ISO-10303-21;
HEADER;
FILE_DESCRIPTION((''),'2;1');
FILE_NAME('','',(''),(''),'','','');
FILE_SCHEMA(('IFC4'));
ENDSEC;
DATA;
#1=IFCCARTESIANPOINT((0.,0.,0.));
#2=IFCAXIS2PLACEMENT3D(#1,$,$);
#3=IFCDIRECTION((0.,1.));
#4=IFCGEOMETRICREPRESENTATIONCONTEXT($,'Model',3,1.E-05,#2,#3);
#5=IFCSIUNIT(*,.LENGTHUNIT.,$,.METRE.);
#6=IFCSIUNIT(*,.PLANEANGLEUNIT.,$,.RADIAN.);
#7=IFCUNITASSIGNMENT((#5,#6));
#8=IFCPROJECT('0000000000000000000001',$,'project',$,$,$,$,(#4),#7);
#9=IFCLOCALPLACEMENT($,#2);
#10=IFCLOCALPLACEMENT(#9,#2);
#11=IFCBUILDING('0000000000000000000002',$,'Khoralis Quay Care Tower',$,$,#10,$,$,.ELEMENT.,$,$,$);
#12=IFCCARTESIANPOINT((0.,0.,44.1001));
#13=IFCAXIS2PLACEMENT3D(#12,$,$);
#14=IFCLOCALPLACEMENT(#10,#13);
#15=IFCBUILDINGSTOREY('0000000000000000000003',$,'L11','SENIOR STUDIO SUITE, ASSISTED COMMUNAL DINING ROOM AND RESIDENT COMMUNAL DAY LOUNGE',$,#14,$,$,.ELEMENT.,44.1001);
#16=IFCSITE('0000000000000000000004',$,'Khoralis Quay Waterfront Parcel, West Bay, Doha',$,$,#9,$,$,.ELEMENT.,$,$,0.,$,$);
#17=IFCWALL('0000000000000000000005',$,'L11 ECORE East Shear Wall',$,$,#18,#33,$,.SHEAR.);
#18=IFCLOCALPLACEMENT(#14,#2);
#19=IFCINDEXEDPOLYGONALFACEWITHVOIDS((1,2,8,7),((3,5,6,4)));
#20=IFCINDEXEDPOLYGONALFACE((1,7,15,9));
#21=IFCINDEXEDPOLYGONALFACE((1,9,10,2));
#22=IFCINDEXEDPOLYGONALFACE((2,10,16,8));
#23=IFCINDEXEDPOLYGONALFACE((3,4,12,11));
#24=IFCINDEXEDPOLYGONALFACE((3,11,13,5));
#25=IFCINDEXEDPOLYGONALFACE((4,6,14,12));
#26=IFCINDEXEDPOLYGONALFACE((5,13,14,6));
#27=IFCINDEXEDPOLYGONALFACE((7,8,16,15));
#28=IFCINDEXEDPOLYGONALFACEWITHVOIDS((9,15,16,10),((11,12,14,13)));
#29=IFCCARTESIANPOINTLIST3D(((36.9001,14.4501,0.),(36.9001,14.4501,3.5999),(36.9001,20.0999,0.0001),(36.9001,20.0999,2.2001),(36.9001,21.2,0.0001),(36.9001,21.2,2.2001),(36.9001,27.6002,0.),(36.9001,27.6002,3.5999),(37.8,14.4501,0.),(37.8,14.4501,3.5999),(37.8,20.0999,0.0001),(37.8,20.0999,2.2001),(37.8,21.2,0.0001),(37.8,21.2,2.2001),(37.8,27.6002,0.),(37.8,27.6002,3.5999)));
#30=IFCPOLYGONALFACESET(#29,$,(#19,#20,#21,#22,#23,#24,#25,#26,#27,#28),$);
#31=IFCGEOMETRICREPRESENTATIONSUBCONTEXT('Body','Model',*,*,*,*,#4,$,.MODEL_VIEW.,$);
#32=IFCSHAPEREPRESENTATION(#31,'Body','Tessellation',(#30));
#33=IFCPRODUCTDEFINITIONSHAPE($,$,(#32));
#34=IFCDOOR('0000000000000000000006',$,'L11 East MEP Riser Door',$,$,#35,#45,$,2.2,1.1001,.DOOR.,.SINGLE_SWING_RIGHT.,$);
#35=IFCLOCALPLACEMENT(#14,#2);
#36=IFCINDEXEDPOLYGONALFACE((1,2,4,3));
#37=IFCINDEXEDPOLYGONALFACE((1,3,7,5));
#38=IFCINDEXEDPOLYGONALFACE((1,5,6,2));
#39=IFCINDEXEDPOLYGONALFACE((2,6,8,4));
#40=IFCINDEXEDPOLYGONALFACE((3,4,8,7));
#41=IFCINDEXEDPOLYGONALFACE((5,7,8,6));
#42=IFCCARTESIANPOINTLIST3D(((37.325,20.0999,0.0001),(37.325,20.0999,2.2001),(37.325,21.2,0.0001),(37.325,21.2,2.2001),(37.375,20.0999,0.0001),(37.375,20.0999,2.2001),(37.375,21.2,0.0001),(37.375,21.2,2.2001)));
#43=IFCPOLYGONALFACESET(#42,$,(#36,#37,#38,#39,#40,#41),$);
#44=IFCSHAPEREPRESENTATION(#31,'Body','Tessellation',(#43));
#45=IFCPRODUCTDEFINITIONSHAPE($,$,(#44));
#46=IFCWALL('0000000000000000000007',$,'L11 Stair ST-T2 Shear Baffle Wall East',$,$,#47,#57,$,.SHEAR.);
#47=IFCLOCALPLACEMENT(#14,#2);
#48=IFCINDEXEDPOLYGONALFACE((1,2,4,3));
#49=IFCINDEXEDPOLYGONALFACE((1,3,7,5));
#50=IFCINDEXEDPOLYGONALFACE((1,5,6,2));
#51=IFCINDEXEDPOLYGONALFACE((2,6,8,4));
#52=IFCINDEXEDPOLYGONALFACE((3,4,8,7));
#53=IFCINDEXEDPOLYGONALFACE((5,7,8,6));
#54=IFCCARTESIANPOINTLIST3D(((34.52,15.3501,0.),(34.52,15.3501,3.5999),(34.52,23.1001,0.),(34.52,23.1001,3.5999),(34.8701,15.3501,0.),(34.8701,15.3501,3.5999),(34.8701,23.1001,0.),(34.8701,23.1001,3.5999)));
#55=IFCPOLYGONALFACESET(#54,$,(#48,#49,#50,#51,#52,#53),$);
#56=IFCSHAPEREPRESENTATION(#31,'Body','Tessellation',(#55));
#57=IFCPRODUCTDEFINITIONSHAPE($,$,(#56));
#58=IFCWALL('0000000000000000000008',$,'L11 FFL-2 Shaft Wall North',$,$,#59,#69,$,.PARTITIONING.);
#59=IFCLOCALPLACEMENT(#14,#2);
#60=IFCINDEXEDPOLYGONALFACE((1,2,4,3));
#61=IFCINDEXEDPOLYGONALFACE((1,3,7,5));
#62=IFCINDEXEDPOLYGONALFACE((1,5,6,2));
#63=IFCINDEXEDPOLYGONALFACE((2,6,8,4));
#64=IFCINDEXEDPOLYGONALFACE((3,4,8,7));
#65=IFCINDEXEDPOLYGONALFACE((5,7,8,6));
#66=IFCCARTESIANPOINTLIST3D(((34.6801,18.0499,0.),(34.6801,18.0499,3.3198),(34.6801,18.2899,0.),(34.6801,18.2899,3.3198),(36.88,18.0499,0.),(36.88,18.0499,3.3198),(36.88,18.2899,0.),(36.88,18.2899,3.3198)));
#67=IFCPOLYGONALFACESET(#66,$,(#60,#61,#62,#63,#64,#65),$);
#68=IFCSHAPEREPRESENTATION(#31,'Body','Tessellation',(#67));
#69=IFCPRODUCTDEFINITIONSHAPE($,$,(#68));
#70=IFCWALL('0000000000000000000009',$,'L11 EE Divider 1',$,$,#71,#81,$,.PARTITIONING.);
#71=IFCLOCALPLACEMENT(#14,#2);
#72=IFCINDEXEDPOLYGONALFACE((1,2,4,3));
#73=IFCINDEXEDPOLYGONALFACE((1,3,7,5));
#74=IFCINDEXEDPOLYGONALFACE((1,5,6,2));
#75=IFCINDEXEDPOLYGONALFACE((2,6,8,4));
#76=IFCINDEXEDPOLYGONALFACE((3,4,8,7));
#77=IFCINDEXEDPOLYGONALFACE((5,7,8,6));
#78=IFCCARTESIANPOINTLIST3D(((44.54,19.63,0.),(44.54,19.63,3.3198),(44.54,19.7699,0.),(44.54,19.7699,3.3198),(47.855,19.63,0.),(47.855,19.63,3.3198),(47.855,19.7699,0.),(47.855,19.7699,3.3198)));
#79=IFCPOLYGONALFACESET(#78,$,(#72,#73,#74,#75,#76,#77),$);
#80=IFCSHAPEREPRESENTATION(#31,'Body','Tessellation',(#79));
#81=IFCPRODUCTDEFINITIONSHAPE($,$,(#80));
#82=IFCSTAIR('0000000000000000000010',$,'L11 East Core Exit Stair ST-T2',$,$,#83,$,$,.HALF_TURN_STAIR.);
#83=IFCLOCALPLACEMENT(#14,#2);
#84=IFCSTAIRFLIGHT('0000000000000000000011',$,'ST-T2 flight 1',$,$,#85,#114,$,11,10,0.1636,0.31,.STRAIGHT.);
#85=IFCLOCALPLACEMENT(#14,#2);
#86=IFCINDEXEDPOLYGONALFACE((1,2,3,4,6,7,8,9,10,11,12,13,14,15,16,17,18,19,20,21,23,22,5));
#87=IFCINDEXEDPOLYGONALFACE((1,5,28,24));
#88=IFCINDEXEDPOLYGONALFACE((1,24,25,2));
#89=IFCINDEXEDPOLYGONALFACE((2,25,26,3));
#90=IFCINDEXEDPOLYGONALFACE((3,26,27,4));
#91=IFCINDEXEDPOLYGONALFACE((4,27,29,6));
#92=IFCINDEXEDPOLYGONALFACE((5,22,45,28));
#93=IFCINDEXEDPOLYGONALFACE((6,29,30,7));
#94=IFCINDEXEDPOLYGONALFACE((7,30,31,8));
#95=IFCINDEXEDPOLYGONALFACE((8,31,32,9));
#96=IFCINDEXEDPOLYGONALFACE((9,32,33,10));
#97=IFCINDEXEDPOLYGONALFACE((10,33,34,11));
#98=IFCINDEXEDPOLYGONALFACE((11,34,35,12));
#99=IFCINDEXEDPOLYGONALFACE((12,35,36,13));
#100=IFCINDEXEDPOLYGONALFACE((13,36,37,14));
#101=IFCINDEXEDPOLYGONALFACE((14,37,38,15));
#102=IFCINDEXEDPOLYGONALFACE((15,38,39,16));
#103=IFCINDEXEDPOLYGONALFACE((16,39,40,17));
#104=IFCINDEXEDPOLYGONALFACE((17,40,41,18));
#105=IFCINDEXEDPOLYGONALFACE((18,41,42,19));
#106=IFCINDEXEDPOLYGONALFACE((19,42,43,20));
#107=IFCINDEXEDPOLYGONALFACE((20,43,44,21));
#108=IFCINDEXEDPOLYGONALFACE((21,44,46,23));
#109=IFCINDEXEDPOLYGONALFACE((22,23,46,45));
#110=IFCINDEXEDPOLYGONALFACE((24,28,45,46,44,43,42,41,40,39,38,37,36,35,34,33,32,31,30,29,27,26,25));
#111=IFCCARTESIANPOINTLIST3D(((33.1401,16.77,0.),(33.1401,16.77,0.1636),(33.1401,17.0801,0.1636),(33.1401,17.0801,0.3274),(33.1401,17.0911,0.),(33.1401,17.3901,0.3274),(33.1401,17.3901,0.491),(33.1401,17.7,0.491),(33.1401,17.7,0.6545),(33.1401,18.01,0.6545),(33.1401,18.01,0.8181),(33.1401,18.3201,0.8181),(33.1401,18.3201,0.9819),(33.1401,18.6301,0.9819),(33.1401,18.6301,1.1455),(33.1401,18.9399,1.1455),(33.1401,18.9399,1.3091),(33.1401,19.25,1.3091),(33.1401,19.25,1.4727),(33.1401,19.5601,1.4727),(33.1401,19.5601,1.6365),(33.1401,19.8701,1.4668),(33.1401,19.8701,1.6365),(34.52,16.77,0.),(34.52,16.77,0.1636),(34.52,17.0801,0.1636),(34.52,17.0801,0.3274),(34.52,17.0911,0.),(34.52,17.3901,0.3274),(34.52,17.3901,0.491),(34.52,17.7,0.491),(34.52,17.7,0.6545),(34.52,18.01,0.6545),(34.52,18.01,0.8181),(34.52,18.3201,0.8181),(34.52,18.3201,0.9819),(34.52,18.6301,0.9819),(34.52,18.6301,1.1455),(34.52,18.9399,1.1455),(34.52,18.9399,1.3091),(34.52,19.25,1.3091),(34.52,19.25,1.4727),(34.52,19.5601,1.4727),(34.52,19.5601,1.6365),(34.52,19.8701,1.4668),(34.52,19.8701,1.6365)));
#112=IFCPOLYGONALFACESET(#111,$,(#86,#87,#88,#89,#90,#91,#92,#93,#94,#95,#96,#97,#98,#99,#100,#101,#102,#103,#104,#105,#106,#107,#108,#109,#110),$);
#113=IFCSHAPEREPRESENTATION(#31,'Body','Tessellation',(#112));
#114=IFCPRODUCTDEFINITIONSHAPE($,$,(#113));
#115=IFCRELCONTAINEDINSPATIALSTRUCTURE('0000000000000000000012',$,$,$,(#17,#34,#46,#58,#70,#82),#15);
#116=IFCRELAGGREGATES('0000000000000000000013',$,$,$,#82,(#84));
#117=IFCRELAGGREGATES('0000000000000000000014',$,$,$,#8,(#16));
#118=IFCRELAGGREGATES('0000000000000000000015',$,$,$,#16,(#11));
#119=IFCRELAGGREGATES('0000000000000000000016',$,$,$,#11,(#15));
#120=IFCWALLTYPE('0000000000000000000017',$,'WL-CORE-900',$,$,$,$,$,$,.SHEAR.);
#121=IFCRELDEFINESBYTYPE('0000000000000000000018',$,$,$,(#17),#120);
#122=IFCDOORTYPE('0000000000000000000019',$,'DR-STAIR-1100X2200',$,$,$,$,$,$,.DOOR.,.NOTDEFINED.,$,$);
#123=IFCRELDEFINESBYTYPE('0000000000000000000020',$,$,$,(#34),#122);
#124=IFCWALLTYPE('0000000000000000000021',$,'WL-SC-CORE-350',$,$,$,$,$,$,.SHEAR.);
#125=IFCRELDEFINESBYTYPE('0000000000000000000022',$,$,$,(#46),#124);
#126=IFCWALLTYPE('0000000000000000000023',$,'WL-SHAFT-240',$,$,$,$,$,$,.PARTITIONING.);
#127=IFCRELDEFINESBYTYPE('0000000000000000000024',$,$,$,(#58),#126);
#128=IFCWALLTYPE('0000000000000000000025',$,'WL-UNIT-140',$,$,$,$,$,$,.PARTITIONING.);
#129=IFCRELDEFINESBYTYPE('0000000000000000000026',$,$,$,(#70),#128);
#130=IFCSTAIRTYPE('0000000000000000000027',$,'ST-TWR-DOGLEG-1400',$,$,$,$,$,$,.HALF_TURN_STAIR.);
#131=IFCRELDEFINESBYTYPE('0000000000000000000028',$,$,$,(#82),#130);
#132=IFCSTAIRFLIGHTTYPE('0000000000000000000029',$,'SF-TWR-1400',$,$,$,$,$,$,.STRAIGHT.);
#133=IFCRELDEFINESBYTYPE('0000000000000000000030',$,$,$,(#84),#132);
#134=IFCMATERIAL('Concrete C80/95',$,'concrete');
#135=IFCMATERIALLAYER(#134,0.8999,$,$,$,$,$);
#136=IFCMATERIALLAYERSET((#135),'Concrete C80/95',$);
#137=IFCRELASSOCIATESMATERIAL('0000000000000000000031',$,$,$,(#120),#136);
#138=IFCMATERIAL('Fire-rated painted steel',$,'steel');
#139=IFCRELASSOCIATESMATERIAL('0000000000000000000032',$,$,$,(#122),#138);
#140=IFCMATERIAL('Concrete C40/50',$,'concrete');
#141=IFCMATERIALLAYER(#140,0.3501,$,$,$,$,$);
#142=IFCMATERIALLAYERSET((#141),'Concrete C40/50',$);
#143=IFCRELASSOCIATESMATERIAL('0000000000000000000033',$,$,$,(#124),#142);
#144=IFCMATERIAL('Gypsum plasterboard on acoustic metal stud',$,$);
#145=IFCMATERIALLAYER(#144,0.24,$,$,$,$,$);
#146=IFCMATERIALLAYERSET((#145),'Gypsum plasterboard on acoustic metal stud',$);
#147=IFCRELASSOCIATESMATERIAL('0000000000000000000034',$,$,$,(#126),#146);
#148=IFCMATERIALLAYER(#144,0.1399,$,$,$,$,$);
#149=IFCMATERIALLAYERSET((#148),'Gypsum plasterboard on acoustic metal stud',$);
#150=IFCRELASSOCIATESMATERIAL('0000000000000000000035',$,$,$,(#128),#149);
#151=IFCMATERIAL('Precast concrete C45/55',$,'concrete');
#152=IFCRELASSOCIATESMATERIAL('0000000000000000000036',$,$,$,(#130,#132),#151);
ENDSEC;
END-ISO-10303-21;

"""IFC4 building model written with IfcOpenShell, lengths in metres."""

from ifc_helpers import new_model, si_unit, direction, frame, frame_2d, origin, place, context, subcontext, project, spatial, polyline, rectangle, outline, extrude, source, transform, mapped, material, layer, layer_set, type_object, element, fill, aggregate, save


model = new_model("IFC4")

# Units and contexts
model_context = context("Model", 3, precision=1e-05, world=origin(), true_north=direction((0.0, 1.0)))
body_context = subcontext(model_context, "Body", "Model", "MODEL_VIEW")
ifc_project = project(units=[si_unit("LENGTHUNIT", "METRE"), si_unit("PLANEANGLEUNIT", "RADIAN")], contexts=[model_context])

# Site, building, storey
site_placement = place(None, origin())
site = spatial("IfcSite", under=ifc_project, at=site_placement, Name="Khoralis Quay Waterfront Parcel, West Bay, Doha", CompositionType="ELEMENT", RefElevation=0.0)
building_placement = place(site_placement, origin())
building = spatial("IfcBuilding", under=site, at=building_placement, Name="Khoralis Quay Care Tower", CompositionType="ELEMENT")
storey_placement = place(building_placement, frame((0.0, 0.0, 44.1001)))
storey = spatial("IfcBuildingStorey", under=building, at=storey_placement, Name="L11", Description="SENIOR STUDIO SUITE, ASSISTED COMMUNAL DINING ROOM AND RESIDENT COMMUNAL DAY LOUNGE", CompositionType="ELEMENT", Elevation=44.1001)

# Shared definitions
ifc_material_1 = material(Name="Concrete C80/95", Category="concrete")

# Wall, opening, door
ifc_layer_1 = layer(ifc_material_1, 0.8999)
ifc_layer_set_1 = layer_set([ifc_layer_1], Name="Concrete C80/95")
wall_type_1 = type_object("IfcWallType", Name="WL-CORE-900", PredefinedType="SHEAR", material=ifc_layer_set_1)
wall_1_placement = place(storey_placement, frame((37.3501, 14.45, 0.0), z_axis=(0.0, 0.0, 1.0), x_axis=(0.0, 1.0, 0.0)))
wall_1 = element("IfcWall", 1, at=wall_1_placement, inside=storey, type_object=wall_type_1, Name="L11 ECORE East Shear Wall", PredefinedType="SHEAR", context=body_context, shape_type="SweptSolid", body=[
    extrude(rectangle(XDim=13.1501, YDim=0.8999, at=frame_2d((6.5752, 0.0))), origin(), (0.0, 0.0, 1.0), 3.5999),
])
opening_placement = place(wall_1_placement, frame((5.6499, 0.0, 0.0)))
opening = element("IfcOpeningElement", 2, at=opening_placement, cuts=wall_1, PredefinedType="OPENING", context=body_context, shape_type="SweptSolid", body=[
    extrude(rectangle(XDim=1.1001, YDim=2.2, at=frame_2d((0.55, 1.1001))), frame((0.0, 0.46, 0.0), z_axis=(0.0, -1.0, 0.0), x_axis=(1.0, 0.0, 0.0)), (0.0, 0.0, 1.0), 0.9199),
])
ifc_material_2 = material(Name="Fire-rated painted steel", Category="steel")
door_type = type_object("IfcDoorType", Name="DR-STAIR-1100X2200", OperationType="NOTDEFINED", PredefinedType="DOOR", material=ifc_material_2)
shared_shape_1 = source(origin(), body_context, "Body", "SweptSolid", [
    extrude(rectangle(XDim=1.1001, YDim=2.2, at=frame_2d((0.55, 1.1001))), frame((0.0, 0.0249, 0.0), z_axis=(0.0, -1.0, 0.0), x_axis=(1.0, 0.0, 0.0)), (0.0, 0.0, 1.0), 0.05),
])
door_placement = place(opening_placement, frame((1.1001, 0.0, 0.0), z_axis=(0.0, 0.0, 1.0), x_axis=(-1.0, 0.0, 0.0)))
door = element("IfcDoor", 3, at=door_placement, inside=storey, type_object=door_type, Name="L11 East MEP Riser Door", OperationType="SINGLE_SWING_RIGHT", OverallHeight=2.2, OverallWidth=1.1001, PredefinedType="DOOR", context=body_context, shape_type="MappedRepresentation", body=[
    mapped(shared_shape_1, transform((0.0, 0.0, 0.0), scale=1.0)),
])
fill(opening, door)

# Walls
ifc_material_3 = material(Name="Concrete C40/50", Category="concrete")
ifc_layer_2 = layer(ifc_material_3, 0.3501)
ifc_layer_set_2 = layer_set([ifc_layer_2], Name="Concrete C40/50")
wall_type_2 = type_object("IfcWallType", Name="WL-SC-CORE-350", PredefinedType="SHEAR", material=ifc_layer_set_2)
wall_2_placement = place(storey_placement, frame((34.6951, 15.3501, 0.0), z_axis=(0.0, 0.0, 1.0), x_axis=(0.0, 1.0, 0.0)))
element("IfcWall", 4, at=wall_2_placement, inside=storey, type_object=wall_type_2, Name="L11 Stair ST-T2 Shear Baffle Wall East", PredefinedType="SHEAR", context=body_context, shape_type="SweptSolid", body=[
    extrude(rectangle(XDim=7.75, YDim=0.3501, at=frame_2d((3.875, 0.0))), origin(), (0.0, 0.0, 1.0), 3.5999),
])
ifc_material_4 = material(Name="Gypsum plasterboard on acoustic metal stud")
ifc_layer_3 = layer(ifc_material_4, 0.24)
ifc_layer_set_3 = layer_set([ifc_layer_3], Name="Gypsum plasterboard on acoustic metal stud")
wall_type_3 = type_object("IfcWallType", Name="WL-SHAFT-240", PredefinedType="PARTITIONING", material=ifc_layer_set_3)
wall_3_placement = place(storey_placement, frame((34.6799, 18.1699, 0.0), z_axis=(0.0, 0.0, 1.0), x_axis=(1.0, 0.0, 0.0)))
element("IfcWall", 5, at=wall_3_placement, inside=storey, type_object=wall_type_3, Name="L11 FFL-2 Shaft Wall North", PredefinedType="PARTITIONING", context=body_context, shape_type="SweptSolid", body=[
    extrude(rectangle(XDim=2.2, YDim=0.24, at=frame_2d((1.1001, 0.0))), origin(), (0.0, 0.0, 1.0), 3.3198),
])
ifc_layer_4 = layer(ifc_material_4, 0.1399)
ifc_layer_set_4 = layer_set([ifc_layer_4], Name="Gypsum plasterboard on acoustic metal stud")
wall_type_4 = type_object("IfcWallType", Name="WL-UNIT-140", PredefinedType="PARTITIONING", material=ifc_layer_set_4)
wall_4_placement = place(storey_placement, frame((44.54, 19.7, 0.0), z_axis=(0.0, 0.0, 1.0), x_axis=(1.0, 0.0, 0.0)))
element("IfcWall", 6, at=wall_4_placement, inside=storey, type_object=wall_type_4, Name="L11 EE Divider 1", PredefinedType="PARTITIONING", context=body_context, shape_type="SweptSolid", body=[
    extrude(rectangle(XDim=3.3149, YDim=0.1399, at=frame_2d((1.6575, 0.0))), origin(), (0.0, 0.0, 1.0), 3.3198),
])

# Stair, stair flight
ifc_material_5 = material(Name="Precast concrete C45/55", Category="concrete")
stair_type = type_object("IfcStairType", Name="ST-TWR-DOGLEG-1400", PredefinedType="HALF_TURN_STAIR", material=ifc_material_5)
stair_placement = place(storey_placement, origin())
stair = element("IfcStair", 7, at=stair_placement, inside=storey, type_object=stair_type, Name="L11 East Core Exit Stair ST-T2", PredefinedType="HALF_TURN_STAIR")
stair_flight_type = type_object("IfcStairFlightType", Name="SF-TWR-1400", PredefinedType="STRAIGHT", material=ifc_material_5)
shared_shape_2 = source(origin(), body_context, "Body", "SweptSolid", [
    extrude(outline(polyline([(0.0, 0.0), (0.0, 0.1636), (0.3101, 0.1636), (0.3101, 0.3274), (0.6201, 0.3274), (0.6201, 0.491), (0.9299, 0.491), (0.9299, 0.6545), (1.24, 0.6545), (1.24, 0.8181), (1.55, 0.8181), (1.55, 0.9819), (1.8601, 0.9819), (1.8601, 1.1455), (2.1699, 1.1455), (2.1699, 1.3091), (2.48, 1.3091), (2.48, 1.4727), (2.79, 1.4727), (2.79, 1.6365), (3.1001, 1.6365), (3.1001, 1.8), (3.1001, 1.4668), (0.321, 0.0), (0.0, 0.0)])), frame((0.0, 0.6899, 0.0), z_axis=(0.0, -1.0, 0.0), x_axis=(1.0, 0.0, 0.0)), (0.0, 0.0, 1.0), 1.3799),
])
stair_flight_placement = place(storey_placement, frame((33.8301, 16.77, 0.0), z_axis=(0.0, 0.0, 1.0), x_axis=(0.0, 1.0, 0.0)))
stair_flight = element("IfcStairFlight", 8, at=stair_flight_placement, type_object=stair_flight_type, Name="ST-T2 flight 1", NumberOfRisers=11, NumberOfTreads=10, PredefinedType="STRAIGHT", RiserHeight=0.1636, TreadLength=0.31, context=body_context, shape_type="MappedRepresentation", body=[
    mapped(shared_shape_2, transform((0.0, 0.0, 0.0), scale=1.0)),
])
aggregate(stair, [stair_flight])

save(model, "model.ifc")
